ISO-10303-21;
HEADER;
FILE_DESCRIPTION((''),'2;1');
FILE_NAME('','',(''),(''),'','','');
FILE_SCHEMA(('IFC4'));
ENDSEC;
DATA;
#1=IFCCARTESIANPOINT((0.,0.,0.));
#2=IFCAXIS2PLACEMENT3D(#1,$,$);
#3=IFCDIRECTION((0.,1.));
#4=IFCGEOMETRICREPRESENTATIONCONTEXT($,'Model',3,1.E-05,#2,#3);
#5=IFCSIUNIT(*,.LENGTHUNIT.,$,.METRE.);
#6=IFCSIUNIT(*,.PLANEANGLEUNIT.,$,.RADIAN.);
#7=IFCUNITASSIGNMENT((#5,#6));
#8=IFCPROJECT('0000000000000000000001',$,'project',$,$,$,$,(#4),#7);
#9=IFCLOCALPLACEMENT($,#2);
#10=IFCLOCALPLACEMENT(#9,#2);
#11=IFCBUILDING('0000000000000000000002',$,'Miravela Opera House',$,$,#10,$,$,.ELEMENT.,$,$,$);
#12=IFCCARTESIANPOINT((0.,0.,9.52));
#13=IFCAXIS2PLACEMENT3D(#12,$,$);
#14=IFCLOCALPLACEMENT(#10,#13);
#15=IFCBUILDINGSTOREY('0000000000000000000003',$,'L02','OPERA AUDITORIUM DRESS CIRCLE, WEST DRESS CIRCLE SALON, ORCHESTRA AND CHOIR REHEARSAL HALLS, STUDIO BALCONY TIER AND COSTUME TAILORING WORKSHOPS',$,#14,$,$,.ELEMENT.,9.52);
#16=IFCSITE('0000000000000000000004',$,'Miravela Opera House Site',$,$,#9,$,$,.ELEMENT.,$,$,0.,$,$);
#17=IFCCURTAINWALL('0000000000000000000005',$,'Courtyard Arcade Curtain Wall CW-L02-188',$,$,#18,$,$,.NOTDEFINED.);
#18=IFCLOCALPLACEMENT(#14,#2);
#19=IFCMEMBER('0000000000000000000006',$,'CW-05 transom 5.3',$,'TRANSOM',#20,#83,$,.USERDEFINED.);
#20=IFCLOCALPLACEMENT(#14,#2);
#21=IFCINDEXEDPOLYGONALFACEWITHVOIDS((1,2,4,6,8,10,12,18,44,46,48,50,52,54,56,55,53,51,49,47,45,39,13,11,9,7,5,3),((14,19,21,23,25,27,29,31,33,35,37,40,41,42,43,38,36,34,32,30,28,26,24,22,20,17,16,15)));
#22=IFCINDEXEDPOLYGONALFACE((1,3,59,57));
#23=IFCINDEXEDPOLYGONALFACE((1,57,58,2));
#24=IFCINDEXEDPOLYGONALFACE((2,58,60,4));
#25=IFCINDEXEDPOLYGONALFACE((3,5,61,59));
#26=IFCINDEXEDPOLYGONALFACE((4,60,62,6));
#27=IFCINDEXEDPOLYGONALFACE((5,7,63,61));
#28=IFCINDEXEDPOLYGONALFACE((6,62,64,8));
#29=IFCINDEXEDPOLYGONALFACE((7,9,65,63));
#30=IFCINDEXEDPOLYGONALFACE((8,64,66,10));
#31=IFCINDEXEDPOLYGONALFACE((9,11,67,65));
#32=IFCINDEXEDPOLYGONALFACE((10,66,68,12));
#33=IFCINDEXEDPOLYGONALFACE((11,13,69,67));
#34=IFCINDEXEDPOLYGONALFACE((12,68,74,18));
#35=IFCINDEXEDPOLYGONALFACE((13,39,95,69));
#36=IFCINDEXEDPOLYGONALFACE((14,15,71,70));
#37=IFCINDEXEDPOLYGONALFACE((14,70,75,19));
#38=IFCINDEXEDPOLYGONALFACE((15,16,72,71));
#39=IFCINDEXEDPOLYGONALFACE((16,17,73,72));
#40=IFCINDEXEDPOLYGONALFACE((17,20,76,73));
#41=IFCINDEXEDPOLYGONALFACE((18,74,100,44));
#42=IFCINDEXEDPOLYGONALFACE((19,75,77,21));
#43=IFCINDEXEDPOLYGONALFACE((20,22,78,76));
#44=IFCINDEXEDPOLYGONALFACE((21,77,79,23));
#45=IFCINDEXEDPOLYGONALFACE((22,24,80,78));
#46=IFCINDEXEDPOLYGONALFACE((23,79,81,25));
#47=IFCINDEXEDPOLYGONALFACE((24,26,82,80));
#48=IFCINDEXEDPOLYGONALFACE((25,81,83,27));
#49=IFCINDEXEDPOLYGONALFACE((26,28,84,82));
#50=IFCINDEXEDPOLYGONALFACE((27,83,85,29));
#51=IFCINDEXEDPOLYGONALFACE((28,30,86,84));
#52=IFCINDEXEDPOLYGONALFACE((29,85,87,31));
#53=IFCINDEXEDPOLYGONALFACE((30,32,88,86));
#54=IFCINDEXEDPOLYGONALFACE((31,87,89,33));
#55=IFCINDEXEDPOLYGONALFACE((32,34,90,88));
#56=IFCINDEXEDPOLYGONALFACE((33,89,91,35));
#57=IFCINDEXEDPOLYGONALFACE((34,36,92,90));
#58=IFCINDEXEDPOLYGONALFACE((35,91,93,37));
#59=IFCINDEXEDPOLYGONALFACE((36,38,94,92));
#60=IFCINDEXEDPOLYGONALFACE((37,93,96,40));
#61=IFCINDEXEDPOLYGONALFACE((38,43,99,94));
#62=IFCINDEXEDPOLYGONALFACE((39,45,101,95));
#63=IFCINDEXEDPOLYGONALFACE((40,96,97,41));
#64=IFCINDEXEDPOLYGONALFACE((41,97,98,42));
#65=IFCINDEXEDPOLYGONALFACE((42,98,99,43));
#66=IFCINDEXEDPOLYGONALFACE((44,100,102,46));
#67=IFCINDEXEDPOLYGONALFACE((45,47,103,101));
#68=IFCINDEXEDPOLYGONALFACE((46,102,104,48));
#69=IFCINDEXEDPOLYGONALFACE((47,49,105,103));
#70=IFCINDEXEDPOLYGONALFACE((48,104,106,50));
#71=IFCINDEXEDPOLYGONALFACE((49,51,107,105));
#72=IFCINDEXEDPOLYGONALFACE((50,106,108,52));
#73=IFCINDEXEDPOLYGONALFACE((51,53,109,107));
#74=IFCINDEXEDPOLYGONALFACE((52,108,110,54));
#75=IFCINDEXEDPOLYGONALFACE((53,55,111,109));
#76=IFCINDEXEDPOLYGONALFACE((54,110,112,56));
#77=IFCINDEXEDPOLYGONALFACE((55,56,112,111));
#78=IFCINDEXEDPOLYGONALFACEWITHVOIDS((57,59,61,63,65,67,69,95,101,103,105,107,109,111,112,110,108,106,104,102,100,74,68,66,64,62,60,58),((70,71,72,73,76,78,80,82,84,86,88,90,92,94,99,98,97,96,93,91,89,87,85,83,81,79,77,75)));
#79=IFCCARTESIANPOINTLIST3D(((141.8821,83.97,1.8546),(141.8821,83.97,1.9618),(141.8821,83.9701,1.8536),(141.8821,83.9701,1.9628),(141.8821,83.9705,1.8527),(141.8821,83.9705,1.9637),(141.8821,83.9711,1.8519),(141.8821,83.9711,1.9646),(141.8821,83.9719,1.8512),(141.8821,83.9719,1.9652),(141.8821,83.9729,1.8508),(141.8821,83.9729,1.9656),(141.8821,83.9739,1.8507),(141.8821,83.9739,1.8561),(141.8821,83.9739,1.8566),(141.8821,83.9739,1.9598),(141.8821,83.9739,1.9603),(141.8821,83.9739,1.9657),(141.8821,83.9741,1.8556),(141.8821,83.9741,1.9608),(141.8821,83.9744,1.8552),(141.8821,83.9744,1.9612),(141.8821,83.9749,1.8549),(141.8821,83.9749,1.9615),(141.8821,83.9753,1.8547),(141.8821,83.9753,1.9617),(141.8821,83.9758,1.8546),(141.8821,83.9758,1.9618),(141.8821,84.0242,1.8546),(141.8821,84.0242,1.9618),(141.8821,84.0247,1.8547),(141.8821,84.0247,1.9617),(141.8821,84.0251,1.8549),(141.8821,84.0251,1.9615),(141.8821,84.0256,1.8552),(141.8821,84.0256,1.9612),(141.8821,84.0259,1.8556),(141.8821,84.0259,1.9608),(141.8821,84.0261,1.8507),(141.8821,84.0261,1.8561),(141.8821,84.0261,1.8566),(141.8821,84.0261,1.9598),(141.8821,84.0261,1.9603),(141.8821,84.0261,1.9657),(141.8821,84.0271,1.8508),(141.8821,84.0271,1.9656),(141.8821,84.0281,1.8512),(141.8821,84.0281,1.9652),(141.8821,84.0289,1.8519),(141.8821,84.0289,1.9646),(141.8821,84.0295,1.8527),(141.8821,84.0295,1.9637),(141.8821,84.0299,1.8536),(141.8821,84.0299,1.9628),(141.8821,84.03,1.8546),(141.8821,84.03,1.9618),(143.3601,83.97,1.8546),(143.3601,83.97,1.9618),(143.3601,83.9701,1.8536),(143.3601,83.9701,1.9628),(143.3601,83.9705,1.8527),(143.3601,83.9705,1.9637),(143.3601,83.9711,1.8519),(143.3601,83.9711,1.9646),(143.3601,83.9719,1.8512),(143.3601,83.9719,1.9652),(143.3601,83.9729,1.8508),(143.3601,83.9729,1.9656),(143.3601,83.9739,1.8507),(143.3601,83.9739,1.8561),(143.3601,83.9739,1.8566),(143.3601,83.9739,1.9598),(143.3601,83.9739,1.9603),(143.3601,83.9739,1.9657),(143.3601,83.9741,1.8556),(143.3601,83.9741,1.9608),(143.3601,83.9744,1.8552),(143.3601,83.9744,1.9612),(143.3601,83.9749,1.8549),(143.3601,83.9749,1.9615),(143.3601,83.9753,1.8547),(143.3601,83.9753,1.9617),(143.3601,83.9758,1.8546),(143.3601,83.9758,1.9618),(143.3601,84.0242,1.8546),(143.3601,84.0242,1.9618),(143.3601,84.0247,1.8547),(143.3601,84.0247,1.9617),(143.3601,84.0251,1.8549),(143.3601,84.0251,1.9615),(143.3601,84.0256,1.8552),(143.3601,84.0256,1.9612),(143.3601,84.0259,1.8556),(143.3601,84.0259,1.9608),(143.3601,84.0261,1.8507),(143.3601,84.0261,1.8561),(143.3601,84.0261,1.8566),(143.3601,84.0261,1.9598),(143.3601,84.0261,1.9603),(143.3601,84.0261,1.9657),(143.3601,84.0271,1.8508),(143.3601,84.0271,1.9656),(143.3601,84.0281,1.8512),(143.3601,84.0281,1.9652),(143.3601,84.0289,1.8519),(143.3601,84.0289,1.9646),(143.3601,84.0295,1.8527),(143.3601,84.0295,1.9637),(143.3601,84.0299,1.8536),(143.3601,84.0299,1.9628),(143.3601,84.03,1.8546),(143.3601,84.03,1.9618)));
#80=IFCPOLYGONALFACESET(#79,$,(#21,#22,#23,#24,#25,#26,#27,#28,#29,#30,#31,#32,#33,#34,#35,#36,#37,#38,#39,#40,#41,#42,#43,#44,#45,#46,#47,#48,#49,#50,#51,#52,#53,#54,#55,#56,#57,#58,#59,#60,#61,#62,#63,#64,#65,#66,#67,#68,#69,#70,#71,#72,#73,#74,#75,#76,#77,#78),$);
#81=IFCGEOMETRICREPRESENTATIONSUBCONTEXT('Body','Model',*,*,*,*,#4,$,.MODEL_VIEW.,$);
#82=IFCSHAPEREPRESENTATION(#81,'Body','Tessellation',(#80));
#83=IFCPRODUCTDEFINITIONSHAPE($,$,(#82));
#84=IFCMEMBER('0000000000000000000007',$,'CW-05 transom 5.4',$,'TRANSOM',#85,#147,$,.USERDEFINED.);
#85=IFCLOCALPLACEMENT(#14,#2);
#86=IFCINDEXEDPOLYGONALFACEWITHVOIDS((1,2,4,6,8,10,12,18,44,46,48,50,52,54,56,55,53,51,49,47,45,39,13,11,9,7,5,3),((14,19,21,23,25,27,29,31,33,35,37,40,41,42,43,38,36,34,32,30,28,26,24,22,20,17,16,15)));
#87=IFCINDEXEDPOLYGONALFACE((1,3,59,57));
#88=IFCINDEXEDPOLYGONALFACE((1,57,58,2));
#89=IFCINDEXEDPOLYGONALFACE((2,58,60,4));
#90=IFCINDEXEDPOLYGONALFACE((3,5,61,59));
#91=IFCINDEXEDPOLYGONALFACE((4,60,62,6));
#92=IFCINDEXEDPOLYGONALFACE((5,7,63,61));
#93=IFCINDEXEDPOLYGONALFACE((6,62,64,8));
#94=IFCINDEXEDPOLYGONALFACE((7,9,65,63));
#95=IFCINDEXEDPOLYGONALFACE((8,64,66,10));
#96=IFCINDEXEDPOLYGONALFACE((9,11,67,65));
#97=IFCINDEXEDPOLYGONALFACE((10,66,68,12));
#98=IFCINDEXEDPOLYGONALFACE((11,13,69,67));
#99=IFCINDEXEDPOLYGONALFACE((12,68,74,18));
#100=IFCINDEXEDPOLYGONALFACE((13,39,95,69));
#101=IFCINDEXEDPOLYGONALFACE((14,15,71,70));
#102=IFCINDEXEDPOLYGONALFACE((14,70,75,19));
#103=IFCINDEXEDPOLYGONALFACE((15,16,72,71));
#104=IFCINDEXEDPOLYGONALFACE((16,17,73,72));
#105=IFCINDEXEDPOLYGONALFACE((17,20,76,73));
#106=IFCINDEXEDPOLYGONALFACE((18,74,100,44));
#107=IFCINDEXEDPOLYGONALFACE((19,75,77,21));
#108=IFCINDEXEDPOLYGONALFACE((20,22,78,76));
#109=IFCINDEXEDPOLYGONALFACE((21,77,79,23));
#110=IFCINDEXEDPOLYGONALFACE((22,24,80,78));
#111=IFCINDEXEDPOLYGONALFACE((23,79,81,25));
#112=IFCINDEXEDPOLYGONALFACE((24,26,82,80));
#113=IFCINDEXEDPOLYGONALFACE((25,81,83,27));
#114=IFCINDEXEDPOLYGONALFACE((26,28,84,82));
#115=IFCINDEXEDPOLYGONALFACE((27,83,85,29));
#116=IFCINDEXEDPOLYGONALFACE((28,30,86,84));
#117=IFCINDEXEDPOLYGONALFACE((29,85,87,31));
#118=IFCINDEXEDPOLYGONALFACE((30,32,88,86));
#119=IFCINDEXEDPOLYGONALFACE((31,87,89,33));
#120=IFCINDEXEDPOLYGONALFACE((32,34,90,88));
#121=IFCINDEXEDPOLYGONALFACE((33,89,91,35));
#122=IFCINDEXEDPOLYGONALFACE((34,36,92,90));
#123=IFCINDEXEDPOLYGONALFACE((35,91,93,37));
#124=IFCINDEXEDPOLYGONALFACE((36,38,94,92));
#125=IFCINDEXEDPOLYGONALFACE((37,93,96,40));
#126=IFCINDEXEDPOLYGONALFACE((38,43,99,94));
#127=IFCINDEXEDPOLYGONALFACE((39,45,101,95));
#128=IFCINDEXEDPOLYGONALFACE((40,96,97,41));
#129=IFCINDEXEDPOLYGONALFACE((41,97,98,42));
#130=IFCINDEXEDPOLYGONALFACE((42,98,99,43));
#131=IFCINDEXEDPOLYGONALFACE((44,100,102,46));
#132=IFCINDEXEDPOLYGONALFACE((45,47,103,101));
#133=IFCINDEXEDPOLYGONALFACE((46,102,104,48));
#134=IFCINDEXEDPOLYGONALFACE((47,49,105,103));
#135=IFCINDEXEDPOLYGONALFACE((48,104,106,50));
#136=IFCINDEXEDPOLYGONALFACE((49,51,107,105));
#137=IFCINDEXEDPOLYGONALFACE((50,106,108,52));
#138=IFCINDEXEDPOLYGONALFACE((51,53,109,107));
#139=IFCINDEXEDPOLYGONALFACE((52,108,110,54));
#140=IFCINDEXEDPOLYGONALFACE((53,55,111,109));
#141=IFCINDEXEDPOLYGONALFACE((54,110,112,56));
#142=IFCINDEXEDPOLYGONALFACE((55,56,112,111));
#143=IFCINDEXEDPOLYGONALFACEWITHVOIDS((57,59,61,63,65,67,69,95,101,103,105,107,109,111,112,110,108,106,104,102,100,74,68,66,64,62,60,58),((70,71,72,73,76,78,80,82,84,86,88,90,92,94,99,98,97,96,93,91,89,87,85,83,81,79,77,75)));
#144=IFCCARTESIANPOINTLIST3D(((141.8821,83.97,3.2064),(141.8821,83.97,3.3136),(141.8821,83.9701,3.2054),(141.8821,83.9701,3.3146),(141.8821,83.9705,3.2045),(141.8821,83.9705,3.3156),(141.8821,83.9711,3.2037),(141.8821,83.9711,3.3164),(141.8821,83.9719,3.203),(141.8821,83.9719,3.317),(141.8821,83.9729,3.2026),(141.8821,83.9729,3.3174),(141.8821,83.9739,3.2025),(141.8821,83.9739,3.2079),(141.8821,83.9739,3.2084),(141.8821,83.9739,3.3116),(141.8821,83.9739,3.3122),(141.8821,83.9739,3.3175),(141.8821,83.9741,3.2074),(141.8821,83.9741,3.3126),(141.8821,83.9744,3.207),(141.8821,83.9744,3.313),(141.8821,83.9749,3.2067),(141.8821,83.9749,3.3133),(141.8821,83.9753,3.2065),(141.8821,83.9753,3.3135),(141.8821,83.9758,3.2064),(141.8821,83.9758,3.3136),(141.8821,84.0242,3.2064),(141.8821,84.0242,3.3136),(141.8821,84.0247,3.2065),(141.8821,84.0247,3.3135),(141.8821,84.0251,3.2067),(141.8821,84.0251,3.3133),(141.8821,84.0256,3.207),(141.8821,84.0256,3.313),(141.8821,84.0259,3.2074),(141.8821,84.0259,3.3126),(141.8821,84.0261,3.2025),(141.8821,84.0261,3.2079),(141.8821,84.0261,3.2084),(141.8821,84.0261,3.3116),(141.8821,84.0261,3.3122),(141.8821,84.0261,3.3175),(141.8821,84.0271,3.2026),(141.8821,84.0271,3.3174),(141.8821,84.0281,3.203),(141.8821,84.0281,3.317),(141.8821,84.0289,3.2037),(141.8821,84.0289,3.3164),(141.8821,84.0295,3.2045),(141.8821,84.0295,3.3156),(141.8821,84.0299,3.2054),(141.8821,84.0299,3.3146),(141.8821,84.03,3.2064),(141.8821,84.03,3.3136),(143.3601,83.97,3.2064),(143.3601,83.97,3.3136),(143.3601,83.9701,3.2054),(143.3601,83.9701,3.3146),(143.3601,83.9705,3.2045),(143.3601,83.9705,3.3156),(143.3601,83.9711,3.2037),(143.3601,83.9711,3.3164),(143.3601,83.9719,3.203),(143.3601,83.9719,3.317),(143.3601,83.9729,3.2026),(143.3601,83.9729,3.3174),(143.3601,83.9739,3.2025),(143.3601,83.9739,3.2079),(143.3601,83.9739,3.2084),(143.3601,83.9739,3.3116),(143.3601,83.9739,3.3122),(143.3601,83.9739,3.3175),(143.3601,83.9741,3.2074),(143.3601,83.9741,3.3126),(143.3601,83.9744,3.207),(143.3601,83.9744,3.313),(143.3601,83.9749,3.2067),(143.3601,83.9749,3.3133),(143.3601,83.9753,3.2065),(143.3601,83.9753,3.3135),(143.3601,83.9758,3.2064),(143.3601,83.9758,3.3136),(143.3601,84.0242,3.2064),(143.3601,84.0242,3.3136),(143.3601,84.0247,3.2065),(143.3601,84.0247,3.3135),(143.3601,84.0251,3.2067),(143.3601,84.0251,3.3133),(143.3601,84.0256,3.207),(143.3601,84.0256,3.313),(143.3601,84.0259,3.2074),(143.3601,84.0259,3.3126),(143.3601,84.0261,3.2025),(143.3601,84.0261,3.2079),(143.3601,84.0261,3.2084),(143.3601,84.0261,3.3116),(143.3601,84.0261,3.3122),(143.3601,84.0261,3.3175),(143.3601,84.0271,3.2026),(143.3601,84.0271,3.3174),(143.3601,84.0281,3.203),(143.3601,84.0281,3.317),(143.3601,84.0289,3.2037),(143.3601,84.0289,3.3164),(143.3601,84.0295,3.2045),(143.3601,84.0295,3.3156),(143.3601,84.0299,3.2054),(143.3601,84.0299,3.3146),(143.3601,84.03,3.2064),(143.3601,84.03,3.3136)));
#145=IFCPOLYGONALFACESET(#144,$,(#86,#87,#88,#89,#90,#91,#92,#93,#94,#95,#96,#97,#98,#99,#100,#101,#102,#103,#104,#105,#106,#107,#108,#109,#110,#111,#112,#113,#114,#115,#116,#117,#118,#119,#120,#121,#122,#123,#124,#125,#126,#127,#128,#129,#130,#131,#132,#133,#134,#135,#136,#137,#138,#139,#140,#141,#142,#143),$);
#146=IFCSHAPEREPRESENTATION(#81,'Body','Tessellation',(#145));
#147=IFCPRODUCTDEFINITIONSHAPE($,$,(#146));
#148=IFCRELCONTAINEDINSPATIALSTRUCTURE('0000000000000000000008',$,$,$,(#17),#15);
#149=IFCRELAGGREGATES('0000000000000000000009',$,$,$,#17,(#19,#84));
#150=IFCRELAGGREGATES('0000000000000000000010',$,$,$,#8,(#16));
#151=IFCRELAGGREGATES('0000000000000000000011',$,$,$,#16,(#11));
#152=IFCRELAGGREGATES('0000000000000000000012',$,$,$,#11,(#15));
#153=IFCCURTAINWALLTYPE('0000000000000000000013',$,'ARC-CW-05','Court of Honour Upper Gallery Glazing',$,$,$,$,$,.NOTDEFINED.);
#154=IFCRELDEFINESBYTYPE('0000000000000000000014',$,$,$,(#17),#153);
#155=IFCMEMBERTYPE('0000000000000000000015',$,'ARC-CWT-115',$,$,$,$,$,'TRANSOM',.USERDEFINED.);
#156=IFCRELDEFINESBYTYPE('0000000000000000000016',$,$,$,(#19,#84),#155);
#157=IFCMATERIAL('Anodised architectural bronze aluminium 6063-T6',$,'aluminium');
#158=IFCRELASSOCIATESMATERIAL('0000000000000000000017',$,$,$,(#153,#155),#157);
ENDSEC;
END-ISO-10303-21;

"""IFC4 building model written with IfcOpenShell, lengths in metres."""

from ifc_helpers import new_model, si_unit, direction, frame, origin, origin_2d, place, context, subcontext, project, spatial, hollow_rectangle, extrude, material, material_profile, profile_set, type_object, element, aggregate, save


model = new_model("IFC4")

# Units and contexts
model_context = context("Model", 3, precision=1e-05, world=origin(), true_north=direction((0.0, 1.0)))
body_context = subcontext(model_context, "Body", "Model", "MODEL_VIEW")
ifc_project = project(units=[si_unit("LENGTHUNIT", "METRE"), si_unit("PLANEANGLEUNIT", "RADIAN")], contexts=[model_context])

# Site, building, storey
site_placement = place(None, origin())
site = spatial("IfcSite", under=ifc_project, at=site_placement, Name="Miravela Opera House Site", CompositionType="ELEMENT", RefElevation=0.0)
building_placement = place(site_placement, origin())
building = spatial("IfcBuilding", under=site, at=building_placement, Name="Miravela Opera House", CompositionType="ELEMENT")
storey_placement = place(building_placement, frame((0.0, 0.0, 9.52)))
storey = spatial("IfcBuildingStorey", under=building, at=storey_placement, Name="L02", Description="OPERA AUDITORIUM DRESS CIRCLE, WEST DRESS CIRCLE SALON, ORCHESTRA AND CHOIR REHEARSAL HALLS, STUDIO BALCONY TIER AND COSTUME TAILORING WORKSHOPS", CompositionType="ELEMENT", Elevation=9.52)

# Curtain wall
ifc_material_1 = material(Name="Anodised architectural bronze aluminium 6063-T6", Category="aluminium")
curtain_wall_type = type_object("IfcCurtainWallType", Name="ARC-CW-05", Description="Court of Honour Upper Gallery Glazing", PredefinedType="NOTDEFINED", material=ifc_material_1)
curtain_wall_1_placement = place(storey_placement, origin())
curtain_wall_1 = element("IfcCurtainWall", 1, at=curtain_wall_1_placement, inside=storey, type_object=curtain_wall_type, Name="Courtyard Arcade Curtain Wall CW-L02-188", PredefinedType="NOTDEFINED")

# Members
ifc_material_profile_1 = material_profile(ifc_material_1, hollow_rectangle(XDim=0.0601, YDim=0.115, WallThickness=0.0039, InnerFilletRadius=0.002, OuterFilletRadius=0.0039, at=origin_2d()), Name="CWT-60X115")
ifc_profile_set_1 = profile_set([ifc_material_profile_1])
member_type_1 = type_object("IfcMemberType", Name="ARC-CWT-115", ElementType="TRANSOM", PredefinedType="USERDEFINED", material=ifc_profile_set_1)
member_1_placement = place(storey_placement, frame((141.8821, 84.0, 1.9082), z_axis=(1.0, 0.0, 0.0), x_axis=(0.0, 1.0, 0.0)))
member_1 = element("IfcMember", 2, at=member_1_placement, type_object=member_type_1, Name="CW-05 transom 5.3", ObjectType="TRANSOM", PredefinedType="USERDEFINED", context=body_context, shape_type="SweptSolid", body=[
    extrude(hollow_rectangle(XDim=0.0601, YDim=0.115, WallThickness=0.0039, InnerFilletRadius=0.002, OuterFilletRadius=0.0039, at=origin_2d()), origin(), (0.0, 0.0, 1.0), 1.478),
])
member_2_placement = place(storey_placement, frame((141.8821, 84.0, 3.26), z_axis=(1.0, 0.0, 0.0), x_axis=(0.0, 1.0, 0.0)))
member_2 = element("IfcMember", 3, at=member_2_placement, type_object=member_type_1, Name="CW-05 transom 5.4", ObjectType="TRANSOM", PredefinedType="USERDEFINED", context=body_context, shape_type="SweptSolid", body=[
    extrude(hollow_rectangle(XDim=0.0601, YDim=0.115, WallThickness=0.0039, InnerFilletRadius=0.002, OuterFilletRadius=0.0039, at=origin_2d()), origin(), (0.0, 0.0, 1.0), 1.478),
])
aggregate(curtain_wall_1, [member_1, member_2])

save(model, "model.ifc")
